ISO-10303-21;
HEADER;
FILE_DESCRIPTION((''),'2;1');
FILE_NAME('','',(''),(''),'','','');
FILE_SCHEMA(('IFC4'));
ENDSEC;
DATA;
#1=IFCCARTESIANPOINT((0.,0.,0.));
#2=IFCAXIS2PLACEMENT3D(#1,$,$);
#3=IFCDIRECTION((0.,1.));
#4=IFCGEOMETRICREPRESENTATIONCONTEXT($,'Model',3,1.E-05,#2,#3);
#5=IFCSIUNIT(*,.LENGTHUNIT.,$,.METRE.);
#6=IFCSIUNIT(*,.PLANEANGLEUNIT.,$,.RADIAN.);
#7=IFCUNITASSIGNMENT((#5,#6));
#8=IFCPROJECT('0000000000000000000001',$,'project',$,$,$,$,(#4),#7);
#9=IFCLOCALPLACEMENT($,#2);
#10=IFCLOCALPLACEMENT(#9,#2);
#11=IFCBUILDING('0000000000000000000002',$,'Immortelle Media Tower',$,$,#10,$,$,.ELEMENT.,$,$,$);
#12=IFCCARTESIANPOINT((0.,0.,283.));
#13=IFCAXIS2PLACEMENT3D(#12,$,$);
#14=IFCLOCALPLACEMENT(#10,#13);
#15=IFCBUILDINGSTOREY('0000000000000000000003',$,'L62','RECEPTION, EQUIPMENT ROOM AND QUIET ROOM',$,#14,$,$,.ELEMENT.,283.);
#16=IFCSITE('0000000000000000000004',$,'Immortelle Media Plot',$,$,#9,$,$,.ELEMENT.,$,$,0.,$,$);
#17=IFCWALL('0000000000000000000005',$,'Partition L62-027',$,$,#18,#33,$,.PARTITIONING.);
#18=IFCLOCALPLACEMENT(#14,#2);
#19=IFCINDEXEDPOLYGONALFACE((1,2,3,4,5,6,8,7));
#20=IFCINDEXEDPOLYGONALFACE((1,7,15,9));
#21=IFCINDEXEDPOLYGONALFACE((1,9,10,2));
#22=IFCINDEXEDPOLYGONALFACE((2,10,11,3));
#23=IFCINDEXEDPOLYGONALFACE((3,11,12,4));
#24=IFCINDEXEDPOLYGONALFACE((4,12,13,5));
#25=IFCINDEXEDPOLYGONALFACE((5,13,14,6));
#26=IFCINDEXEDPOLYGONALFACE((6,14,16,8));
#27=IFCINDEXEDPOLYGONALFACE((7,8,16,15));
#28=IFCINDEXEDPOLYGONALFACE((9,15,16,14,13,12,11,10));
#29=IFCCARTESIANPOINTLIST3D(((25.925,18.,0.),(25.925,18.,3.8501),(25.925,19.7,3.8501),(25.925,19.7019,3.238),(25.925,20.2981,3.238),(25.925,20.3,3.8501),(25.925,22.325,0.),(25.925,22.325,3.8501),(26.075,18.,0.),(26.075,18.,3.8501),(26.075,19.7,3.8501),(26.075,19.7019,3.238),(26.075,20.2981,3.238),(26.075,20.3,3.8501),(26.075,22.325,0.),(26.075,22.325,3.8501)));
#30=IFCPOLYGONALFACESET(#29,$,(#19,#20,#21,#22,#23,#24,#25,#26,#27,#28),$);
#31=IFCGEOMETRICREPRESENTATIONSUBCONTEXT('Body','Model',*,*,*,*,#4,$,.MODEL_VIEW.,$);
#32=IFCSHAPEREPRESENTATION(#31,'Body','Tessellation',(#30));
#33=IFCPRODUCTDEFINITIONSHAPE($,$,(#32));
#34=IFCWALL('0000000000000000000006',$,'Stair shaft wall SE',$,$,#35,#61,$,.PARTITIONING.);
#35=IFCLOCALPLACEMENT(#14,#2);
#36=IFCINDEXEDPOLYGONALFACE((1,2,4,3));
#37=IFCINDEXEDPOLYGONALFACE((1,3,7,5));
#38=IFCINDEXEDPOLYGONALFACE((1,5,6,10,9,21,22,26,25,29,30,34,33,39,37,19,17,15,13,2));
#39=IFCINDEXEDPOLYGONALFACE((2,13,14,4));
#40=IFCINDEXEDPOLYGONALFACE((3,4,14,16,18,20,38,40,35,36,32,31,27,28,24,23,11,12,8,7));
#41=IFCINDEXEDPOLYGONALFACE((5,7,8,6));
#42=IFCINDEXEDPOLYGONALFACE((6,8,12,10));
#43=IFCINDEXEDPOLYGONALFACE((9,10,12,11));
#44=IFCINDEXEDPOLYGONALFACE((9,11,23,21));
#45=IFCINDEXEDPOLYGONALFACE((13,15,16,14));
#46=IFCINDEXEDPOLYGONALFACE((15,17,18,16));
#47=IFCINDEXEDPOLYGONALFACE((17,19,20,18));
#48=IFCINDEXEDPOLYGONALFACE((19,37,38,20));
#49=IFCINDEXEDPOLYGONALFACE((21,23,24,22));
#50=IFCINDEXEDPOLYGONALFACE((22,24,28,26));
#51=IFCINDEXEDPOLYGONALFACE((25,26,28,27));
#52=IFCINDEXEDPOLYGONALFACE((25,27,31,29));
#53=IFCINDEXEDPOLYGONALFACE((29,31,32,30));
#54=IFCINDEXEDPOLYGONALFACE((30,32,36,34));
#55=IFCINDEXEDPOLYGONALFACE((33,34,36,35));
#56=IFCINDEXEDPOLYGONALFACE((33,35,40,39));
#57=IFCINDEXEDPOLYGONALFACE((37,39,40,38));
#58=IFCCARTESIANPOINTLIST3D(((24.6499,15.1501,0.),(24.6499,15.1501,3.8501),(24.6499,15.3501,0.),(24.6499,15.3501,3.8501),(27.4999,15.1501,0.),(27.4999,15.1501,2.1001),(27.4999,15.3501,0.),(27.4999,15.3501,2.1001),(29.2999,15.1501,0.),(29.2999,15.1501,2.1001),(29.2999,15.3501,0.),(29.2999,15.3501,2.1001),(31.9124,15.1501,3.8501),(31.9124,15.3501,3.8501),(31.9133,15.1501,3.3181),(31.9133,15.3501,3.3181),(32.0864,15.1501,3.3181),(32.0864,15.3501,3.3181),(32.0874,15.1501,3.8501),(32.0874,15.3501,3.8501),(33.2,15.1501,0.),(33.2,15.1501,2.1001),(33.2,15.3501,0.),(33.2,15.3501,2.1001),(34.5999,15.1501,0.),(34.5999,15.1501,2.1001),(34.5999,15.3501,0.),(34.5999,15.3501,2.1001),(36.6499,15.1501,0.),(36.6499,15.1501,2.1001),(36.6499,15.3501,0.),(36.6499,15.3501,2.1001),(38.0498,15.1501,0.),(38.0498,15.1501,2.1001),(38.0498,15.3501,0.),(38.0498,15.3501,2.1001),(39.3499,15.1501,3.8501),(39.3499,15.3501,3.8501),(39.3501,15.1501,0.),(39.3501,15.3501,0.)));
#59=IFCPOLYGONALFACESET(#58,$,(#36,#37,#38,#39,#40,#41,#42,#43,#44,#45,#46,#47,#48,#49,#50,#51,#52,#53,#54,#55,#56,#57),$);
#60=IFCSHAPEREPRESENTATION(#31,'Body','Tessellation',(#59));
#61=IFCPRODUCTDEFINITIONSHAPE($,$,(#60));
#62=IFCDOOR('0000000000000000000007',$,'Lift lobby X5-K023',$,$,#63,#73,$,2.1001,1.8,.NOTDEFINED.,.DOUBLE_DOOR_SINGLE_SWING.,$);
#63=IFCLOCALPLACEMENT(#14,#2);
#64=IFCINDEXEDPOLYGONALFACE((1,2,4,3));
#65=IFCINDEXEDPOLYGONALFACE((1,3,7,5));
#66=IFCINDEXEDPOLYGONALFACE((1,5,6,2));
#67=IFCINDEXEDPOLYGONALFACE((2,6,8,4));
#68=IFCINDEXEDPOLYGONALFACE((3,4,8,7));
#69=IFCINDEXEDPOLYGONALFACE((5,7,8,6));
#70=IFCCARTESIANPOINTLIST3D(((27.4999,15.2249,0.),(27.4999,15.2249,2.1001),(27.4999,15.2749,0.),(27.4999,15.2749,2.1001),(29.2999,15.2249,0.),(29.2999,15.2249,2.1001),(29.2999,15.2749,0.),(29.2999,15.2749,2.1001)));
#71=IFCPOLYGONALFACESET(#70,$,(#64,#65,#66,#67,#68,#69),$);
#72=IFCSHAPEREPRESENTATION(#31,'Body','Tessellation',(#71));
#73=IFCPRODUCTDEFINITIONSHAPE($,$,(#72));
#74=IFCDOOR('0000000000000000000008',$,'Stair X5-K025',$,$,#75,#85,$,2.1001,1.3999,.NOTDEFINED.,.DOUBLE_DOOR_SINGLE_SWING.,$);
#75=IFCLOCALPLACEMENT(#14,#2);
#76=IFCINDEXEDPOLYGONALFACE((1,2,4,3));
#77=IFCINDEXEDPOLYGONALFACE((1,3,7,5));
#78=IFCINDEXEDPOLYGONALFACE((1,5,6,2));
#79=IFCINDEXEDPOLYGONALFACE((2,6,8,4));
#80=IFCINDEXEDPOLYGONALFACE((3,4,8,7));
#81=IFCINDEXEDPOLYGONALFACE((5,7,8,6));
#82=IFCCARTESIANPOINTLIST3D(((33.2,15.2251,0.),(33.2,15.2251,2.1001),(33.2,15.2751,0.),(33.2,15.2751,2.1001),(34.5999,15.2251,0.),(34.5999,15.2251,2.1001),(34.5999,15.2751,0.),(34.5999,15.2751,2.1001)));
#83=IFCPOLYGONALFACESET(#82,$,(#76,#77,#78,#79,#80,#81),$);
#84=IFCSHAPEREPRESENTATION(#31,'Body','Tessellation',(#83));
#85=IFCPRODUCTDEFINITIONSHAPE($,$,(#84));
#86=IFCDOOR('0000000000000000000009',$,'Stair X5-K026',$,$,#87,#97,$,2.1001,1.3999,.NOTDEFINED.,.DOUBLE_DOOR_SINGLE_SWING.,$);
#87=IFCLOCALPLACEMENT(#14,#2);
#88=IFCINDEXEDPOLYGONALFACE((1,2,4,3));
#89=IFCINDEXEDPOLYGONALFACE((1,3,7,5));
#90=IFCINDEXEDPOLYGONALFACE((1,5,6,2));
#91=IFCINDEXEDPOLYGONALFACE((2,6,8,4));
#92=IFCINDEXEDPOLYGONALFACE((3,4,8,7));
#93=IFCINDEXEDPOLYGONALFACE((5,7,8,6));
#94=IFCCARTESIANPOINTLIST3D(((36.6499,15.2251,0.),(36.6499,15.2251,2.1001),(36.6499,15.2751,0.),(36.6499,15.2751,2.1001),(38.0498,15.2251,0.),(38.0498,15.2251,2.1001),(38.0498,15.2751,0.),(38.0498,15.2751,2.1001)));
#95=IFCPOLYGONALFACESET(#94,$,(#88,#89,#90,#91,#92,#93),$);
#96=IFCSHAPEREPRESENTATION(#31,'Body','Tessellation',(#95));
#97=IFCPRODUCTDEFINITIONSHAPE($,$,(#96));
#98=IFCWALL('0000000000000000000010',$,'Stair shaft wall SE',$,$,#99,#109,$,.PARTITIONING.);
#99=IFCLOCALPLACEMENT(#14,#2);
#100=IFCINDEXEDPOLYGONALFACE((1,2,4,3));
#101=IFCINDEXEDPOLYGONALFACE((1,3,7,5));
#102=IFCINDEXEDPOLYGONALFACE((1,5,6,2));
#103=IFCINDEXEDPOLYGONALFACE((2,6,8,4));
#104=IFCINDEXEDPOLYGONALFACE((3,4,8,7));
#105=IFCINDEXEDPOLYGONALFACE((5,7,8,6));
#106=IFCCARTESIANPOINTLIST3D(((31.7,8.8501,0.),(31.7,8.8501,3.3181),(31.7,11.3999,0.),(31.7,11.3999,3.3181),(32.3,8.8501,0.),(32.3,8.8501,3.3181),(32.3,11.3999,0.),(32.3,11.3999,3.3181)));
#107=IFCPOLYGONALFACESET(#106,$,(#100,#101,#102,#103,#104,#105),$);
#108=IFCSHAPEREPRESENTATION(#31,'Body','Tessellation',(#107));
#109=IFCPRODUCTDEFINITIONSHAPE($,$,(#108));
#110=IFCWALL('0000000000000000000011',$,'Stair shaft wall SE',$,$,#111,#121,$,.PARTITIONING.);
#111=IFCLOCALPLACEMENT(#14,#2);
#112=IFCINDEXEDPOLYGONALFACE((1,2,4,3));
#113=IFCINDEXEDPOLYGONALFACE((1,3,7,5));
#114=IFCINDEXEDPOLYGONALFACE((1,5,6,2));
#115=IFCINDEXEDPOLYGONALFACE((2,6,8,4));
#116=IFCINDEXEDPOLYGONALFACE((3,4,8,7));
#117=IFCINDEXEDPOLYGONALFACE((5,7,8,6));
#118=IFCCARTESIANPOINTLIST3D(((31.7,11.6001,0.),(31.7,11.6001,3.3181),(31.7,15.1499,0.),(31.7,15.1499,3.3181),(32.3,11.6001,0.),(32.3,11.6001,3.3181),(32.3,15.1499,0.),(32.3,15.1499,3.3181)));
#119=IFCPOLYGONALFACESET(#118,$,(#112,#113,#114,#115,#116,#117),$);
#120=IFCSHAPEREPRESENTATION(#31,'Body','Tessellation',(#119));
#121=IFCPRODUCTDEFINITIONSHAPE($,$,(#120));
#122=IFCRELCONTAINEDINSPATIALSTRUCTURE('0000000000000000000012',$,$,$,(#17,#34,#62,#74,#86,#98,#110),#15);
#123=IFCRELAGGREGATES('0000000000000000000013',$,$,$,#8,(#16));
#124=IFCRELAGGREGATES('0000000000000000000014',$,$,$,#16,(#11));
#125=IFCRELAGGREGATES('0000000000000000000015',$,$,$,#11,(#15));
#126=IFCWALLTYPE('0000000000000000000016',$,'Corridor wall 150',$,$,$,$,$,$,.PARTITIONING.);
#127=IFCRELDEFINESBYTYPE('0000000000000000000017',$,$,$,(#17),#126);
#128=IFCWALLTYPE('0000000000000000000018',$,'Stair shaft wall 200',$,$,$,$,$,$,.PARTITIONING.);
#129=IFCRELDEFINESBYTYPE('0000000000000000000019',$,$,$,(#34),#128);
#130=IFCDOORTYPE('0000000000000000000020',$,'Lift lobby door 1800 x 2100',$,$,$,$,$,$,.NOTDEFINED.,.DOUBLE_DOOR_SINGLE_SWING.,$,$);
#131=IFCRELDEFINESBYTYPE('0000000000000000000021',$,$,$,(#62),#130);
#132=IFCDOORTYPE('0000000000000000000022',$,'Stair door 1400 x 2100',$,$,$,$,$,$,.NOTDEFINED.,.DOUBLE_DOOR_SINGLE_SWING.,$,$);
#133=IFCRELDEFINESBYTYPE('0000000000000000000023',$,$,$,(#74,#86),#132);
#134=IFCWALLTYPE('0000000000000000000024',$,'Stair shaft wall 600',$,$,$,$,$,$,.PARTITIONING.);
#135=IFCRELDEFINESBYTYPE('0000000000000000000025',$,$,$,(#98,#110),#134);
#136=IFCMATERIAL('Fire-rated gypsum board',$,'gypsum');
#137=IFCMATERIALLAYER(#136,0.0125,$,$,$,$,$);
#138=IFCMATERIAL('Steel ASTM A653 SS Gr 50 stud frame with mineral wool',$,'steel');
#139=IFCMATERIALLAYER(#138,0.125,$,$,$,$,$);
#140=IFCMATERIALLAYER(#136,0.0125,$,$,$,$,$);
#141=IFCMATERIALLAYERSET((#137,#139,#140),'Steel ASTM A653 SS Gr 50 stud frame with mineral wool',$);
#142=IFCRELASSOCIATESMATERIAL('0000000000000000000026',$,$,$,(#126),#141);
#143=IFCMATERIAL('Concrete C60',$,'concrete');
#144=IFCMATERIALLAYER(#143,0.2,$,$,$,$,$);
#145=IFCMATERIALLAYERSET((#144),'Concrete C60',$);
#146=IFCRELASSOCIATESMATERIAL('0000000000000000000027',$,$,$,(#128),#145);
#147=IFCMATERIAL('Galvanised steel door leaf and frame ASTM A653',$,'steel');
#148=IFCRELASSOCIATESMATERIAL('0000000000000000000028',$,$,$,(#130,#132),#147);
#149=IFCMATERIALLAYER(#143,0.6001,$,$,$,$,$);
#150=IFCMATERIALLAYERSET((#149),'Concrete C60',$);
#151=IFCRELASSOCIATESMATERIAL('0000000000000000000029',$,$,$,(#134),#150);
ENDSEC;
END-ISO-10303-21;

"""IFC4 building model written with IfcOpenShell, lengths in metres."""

from ifc_helpers import new_model, si_unit, direction, frame, frame_2d, origin, place, context, subcontext, project, spatial, polyline, rectangle, outline, extrude, material, layer, layer_set, type_object, element, fill, save


model = new_model("IFC4")

# Units and contexts
model_context = context("Model", 3, precision=1e-05, world=origin(), true_north=direction((0.0, 1.0)))
body_context = subcontext(model_context, "Body", "Model", "MODEL_VIEW")
ifc_project = project(units=[si_unit("LENGTHUNIT", "METRE"), si_unit("PLANEANGLEUNIT", "RADIAN")], contexts=[model_context])

# Site, building, storey
site_placement = place(None, origin())
site = spatial("IfcSite", under=ifc_project, at=site_placement, Name="Immortelle Media Plot", CompositionType="ELEMENT", RefElevation=0.0)
building_placement = place(site_placement, origin())
building = spatial("IfcBuilding", under=site, at=building_placement, Name="Immortelle Media Tower", CompositionType="ELEMENT")
storey_placement = place(building_placement, frame((0.0, 0.0, 283.0)))
storey = spatial("IfcBuildingStorey", under=building, at=storey_placement, Name="L62", Description="RECEPTION, EQUIPMENT ROOM AND QUIET ROOM", CompositionType="ELEMENT", Elevation=283.0)

# Shared definitions
ifc_material_1 = material(Name="Fire-rated gypsum board", Category="gypsum")
ifc_material_2 = material(Name="Steel ASTM A653 SS Gr 50 stud frame with mineral wool", Category="steel")

# Shared definitions
ifc_material_3 = material(Name="Galvanised steel door leaf and frame ASTM A653", Category="steel")

# Wall
ifc_layer_1 = layer(ifc_material_1, 0.0125)
ifc_layer_2 = layer(ifc_material_2, 0.125)
ifc_layer_3 = layer(ifc_material_1, 0.0125)
ifc_layer_set_1 = layer_set([ifc_layer_1, ifc_layer_2, ifc_layer_3], Name="Steel ASTM A653 SS Gr 50 stud frame with mineral wool")
wall_type_1 = type_object("IfcWallType", Name="Corridor wall 150", PredefinedType="PARTITIONING", material=ifc_layer_set_1)
wall_1_placement = place(storey_placement, frame((26.0, 18.0, 0.0), z_axis=(0.0, 0.0, 1.0), x_axis=(0.0, 1.0, 0.0)))
element("IfcWall", 1, at=wall_1_placement, inside=storey, type_object=wall_type_1, Name="Partition L62-027", PredefinedType="PARTITIONING", context=body_context, shape_type="SweptSolid", body=[
    extrude(outline(polyline([(0.0, 0.0), (4.325, 0.0), (4.325, 3.8501), (2.3, 3.8501), (2.2981, 3.238), (1.7019, 3.238), (1.7, 3.8501), (0.0, 3.8501), (0.0, 0.0)])), frame((0.0, 0.075, 0.0), z_axis=(0.0, -1.0, 0.0), x_axis=(1.0, 0.0, 0.0)), (0.0, 0.0, 1.0), 0.1499),
])

# Wall, openings, doors
ifc_material_4 = material(Name="Concrete C60", Category="concrete")
ifc_layer_4 = layer(ifc_material_4, 0.2)
ifc_layer_set_2 = layer_set([ifc_layer_4], Name="Concrete C60")
wall_type_2 = type_object("IfcWallType", Name="Stair shaft wall 200", PredefinedType="PARTITIONING", material=ifc_layer_set_2)
wall_2_placement = place(storey_placement, frame((24.6499, 15.25, 0.0), z_axis=(0.0, 0.0, 1.0), x_axis=(1.0, 0.0, 0.0)))
wall_2 = element("IfcWall", 2, at=wall_2_placement, inside=storey, type_object=wall_type_2, Name="Stair shaft wall SE", PredefinedType="PARTITIONING", context=body_context, shape_type="SweptSolid", body=[
    extrude(outline(polyline([(0.0, 0.0), (14.7002, 0.0), (14.7, 3.8501), (7.4375, 3.8501), (7.4365, 3.3181), (7.2634, 3.3181), (7.2625, 3.8501), (0.0, 3.8501), (0.0, 0.0)])), frame((0.0, 0.1001, 0.0), z_axis=(0.0, -1.0, 0.0), x_axis=(1.0, 0.0, 0.0)), (0.0, 0.0, 1.0), 0.2),
])
opening_1_placement = place(wall_2_placement, frame((2.8501, 0.0, 0.0)))
opening_1 = element("IfcOpeningElement", 3, at=opening_1_placement, cuts=wall_2, PredefinedType="OPENING", context=body_context, shape_type="SweptSolid", body=[
    extrude(rectangle(XDim=1.8, YDim=2.1001, at=frame_2d((0.8999, 1.05))), frame((0.0, 0.1099, 0.0), z_axis=(0.0, -1.0, 0.0), x_axis=(1.0, 0.0, 0.0)), (0.0, 0.0, 1.0), 0.22),
])
opening_2_placement = place(wall_2_placement, frame((9.95, 0.0, 0.0), z_axis=(0.0, 0.0, 1.0), x_axis=(-1.0, 0.0, 0.0)))
opening_2 = element("IfcOpeningElement", 4, at=opening_2_placement, cuts=wall_2, PredefinedType="OPENING", context=body_context, shape_type="SweptSolid", body=[
    extrude(rectangle(XDim=1.3999, YDim=2.1001, at=frame_2d((0.7, 1.05))), frame((0.0, 0.1099, 0.0), z_axis=(0.0, -1.0, 0.0), x_axis=(1.0, 0.0, 0.0)), (0.0, 0.0, 1.0), 0.22),
])
opening_3_placement = place(wall_2_placement, frame((13.3999, 0.0, 0.0), z_axis=(0.0, 0.0, 1.0), x_axis=(-1.0, 0.0, 0.0)))
opening_3 = element("IfcOpeningElement", 5, at=opening_3_placement, cuts=wall_2, PredefinedType="OPENING", context=body_context, shape_type="SweptSolid", body=[
    extrude(rectangle(XDim=1.3999, YDim=2.1001, at=frame_2d((0.7, 1.05))), frame((0.0, 0.1099, 0.0), z_axis=(0.0, -1.0, 0.0), x_axis=(1.0, 0.0, 0.0)), (0.0, 0.0, 1.0), 0.22),
])
door_type_1 = type_object("IfcDoorType", Name="Lift lobby door 1800 x 2100", OperationType="DOUBLE_DOOR_SINGLE_SWING", PredefinedType="NOTDEFINED", material=ifc_material_3)
door_1_placement = place(opening_1_placement, origin())
door_1 = element("IfcDoor", 6, at=door_1_placement, inside=storey, type_object=door_type_1, Name="Lift lobby X5-K023", OperationType="DOUBLE_DOOR_SINGLE_SWING", OverallHeight=2.1001, OverallWidth=1.8, PredefinedType="NOTDEFINED", context=body_context, shape_type="SweptSolid", body=[
    extrude(rectangle(XDim=1.8, YDim=2.1001, at=frame_2d((0.8999, 1.05))), frame((0.0, 0.0249, 0.0), z_axis=(0.0, -1.0, 0.0), x_axis=(1.0, 0.0, 0.0)), (0.0, 0.0, 1.0), 0.05),
])
fill(opening_1, door_1)
door_type_2 = type_object("IfcDoorType", Name="Stair door 1400 x 2100", OperationType="DOUBLE_DOOR_SINGLE_SWING", PredefinedType="NOTDEFINED", material=ifc_material_3)
door_2_placement = place(opening_2_placement, origin())
door_2 = element("IfcDoor", 7, at=door_2_placement, inside=storey, type_object=door_type_2, Name="Stair X5-K025", OperationType="DOUBLE_DOOR_SINGLE_SWING", OverallHeight=2.1001, OverallWidth=1.3999, PredefinedType="NOTDEFINED", context=body_context, shape_type="SweptSolid", body=[
    extrude(rectangle(XDim=1.3999, YDim=2.1001, at=frame_2d((0.7, 1.05))), frame((0.0, 0.0249, 0.0), z_axis=(0.0, -1.0, 0.0), x_axis=(1.0, 0.0, 0.0)), (0.0, 0.0, 1.0), 0.05),
])
fill(opening_2, door_2)
door_3_placement = place(opening_3_placement, origin())
door_3 = element("IfcDoor", 8, at=door_3_placement, inside=storey, type_object=door_type_2, Name="Stair X5-K026", OperationType="DOUBLE_DOOR_SINGLE_SWING", OverallHeight=2.1001, OverallWidth=1.3999, PredefinedType="NOTDEFINED", context=body_context, shape_type="SweptSolid", body=[
    extrude(rectangle(XDim=1.3999, YDim=2.1001, at=frame_2d((0.7, 1.05))), frame((0.0, 0.0249, 0.0), z_axis=(0.0, -1.0, 0.0), x_axis=(1.0, 0.0, 0.0)), (0.0, 0.0, 1.0), 0.05),
])
fill(opening_3, door_3)

# Walls
ifc_layer_5 = layer(ifc_material_4, 0.6001)
ifc_layer_set_3 = layer_set([ifc_layer_5], Name="Concrete C60")
wall_type_3 = type_object("IfcWallType", Name="Stair shaft wall 600", PredefinedType="PARTITIONING", material=ifc_layer_set_3)
wall_3_placement = place(storey_placement, frame((32.0, 8.8501, 0.0), z_axis=(0.0, 0.0, 1.0), x_axis=(0.0, 1.0, 0.0)))
element("IfcWall", 9, at=wall_3_placement, inside=storey, type_object=wall_type_3, Name="Stair shaft wall SE", PredefinedType="PARTITIONING", context=body_context, shape_type="SweptSolid", body=[
    extrude(rectangle(XDim=2.5498, YDim=0.6001, at=frame_2d((1.2749, 0.0))), origin(), (0.0, 0.0, 1.0), 3.3181),
])
wall_4_placement = place(storey_placement, frame((32.0, 11.6001, 0.0), z_axis=(0.0, 0.0, 1.0), x_axis=(0.0, 1.0, 0.0)))
element("IfcWall", 10, at=wall_4_placement, inside=storey, type_object=wall_type_3, Name="Stair shaft wall SE", PredefinedType="PARTITIONING", context=body_context, shape_type="SweptSolid", body=[
    extrude(rectangle(XDim=3.5498, YDim=0.6001, at=frame_2d((1.7749, 0.0))), origin(), (0.0, 0.0, 1.0), 3.3181),
])

save(model, "model.ifc")
